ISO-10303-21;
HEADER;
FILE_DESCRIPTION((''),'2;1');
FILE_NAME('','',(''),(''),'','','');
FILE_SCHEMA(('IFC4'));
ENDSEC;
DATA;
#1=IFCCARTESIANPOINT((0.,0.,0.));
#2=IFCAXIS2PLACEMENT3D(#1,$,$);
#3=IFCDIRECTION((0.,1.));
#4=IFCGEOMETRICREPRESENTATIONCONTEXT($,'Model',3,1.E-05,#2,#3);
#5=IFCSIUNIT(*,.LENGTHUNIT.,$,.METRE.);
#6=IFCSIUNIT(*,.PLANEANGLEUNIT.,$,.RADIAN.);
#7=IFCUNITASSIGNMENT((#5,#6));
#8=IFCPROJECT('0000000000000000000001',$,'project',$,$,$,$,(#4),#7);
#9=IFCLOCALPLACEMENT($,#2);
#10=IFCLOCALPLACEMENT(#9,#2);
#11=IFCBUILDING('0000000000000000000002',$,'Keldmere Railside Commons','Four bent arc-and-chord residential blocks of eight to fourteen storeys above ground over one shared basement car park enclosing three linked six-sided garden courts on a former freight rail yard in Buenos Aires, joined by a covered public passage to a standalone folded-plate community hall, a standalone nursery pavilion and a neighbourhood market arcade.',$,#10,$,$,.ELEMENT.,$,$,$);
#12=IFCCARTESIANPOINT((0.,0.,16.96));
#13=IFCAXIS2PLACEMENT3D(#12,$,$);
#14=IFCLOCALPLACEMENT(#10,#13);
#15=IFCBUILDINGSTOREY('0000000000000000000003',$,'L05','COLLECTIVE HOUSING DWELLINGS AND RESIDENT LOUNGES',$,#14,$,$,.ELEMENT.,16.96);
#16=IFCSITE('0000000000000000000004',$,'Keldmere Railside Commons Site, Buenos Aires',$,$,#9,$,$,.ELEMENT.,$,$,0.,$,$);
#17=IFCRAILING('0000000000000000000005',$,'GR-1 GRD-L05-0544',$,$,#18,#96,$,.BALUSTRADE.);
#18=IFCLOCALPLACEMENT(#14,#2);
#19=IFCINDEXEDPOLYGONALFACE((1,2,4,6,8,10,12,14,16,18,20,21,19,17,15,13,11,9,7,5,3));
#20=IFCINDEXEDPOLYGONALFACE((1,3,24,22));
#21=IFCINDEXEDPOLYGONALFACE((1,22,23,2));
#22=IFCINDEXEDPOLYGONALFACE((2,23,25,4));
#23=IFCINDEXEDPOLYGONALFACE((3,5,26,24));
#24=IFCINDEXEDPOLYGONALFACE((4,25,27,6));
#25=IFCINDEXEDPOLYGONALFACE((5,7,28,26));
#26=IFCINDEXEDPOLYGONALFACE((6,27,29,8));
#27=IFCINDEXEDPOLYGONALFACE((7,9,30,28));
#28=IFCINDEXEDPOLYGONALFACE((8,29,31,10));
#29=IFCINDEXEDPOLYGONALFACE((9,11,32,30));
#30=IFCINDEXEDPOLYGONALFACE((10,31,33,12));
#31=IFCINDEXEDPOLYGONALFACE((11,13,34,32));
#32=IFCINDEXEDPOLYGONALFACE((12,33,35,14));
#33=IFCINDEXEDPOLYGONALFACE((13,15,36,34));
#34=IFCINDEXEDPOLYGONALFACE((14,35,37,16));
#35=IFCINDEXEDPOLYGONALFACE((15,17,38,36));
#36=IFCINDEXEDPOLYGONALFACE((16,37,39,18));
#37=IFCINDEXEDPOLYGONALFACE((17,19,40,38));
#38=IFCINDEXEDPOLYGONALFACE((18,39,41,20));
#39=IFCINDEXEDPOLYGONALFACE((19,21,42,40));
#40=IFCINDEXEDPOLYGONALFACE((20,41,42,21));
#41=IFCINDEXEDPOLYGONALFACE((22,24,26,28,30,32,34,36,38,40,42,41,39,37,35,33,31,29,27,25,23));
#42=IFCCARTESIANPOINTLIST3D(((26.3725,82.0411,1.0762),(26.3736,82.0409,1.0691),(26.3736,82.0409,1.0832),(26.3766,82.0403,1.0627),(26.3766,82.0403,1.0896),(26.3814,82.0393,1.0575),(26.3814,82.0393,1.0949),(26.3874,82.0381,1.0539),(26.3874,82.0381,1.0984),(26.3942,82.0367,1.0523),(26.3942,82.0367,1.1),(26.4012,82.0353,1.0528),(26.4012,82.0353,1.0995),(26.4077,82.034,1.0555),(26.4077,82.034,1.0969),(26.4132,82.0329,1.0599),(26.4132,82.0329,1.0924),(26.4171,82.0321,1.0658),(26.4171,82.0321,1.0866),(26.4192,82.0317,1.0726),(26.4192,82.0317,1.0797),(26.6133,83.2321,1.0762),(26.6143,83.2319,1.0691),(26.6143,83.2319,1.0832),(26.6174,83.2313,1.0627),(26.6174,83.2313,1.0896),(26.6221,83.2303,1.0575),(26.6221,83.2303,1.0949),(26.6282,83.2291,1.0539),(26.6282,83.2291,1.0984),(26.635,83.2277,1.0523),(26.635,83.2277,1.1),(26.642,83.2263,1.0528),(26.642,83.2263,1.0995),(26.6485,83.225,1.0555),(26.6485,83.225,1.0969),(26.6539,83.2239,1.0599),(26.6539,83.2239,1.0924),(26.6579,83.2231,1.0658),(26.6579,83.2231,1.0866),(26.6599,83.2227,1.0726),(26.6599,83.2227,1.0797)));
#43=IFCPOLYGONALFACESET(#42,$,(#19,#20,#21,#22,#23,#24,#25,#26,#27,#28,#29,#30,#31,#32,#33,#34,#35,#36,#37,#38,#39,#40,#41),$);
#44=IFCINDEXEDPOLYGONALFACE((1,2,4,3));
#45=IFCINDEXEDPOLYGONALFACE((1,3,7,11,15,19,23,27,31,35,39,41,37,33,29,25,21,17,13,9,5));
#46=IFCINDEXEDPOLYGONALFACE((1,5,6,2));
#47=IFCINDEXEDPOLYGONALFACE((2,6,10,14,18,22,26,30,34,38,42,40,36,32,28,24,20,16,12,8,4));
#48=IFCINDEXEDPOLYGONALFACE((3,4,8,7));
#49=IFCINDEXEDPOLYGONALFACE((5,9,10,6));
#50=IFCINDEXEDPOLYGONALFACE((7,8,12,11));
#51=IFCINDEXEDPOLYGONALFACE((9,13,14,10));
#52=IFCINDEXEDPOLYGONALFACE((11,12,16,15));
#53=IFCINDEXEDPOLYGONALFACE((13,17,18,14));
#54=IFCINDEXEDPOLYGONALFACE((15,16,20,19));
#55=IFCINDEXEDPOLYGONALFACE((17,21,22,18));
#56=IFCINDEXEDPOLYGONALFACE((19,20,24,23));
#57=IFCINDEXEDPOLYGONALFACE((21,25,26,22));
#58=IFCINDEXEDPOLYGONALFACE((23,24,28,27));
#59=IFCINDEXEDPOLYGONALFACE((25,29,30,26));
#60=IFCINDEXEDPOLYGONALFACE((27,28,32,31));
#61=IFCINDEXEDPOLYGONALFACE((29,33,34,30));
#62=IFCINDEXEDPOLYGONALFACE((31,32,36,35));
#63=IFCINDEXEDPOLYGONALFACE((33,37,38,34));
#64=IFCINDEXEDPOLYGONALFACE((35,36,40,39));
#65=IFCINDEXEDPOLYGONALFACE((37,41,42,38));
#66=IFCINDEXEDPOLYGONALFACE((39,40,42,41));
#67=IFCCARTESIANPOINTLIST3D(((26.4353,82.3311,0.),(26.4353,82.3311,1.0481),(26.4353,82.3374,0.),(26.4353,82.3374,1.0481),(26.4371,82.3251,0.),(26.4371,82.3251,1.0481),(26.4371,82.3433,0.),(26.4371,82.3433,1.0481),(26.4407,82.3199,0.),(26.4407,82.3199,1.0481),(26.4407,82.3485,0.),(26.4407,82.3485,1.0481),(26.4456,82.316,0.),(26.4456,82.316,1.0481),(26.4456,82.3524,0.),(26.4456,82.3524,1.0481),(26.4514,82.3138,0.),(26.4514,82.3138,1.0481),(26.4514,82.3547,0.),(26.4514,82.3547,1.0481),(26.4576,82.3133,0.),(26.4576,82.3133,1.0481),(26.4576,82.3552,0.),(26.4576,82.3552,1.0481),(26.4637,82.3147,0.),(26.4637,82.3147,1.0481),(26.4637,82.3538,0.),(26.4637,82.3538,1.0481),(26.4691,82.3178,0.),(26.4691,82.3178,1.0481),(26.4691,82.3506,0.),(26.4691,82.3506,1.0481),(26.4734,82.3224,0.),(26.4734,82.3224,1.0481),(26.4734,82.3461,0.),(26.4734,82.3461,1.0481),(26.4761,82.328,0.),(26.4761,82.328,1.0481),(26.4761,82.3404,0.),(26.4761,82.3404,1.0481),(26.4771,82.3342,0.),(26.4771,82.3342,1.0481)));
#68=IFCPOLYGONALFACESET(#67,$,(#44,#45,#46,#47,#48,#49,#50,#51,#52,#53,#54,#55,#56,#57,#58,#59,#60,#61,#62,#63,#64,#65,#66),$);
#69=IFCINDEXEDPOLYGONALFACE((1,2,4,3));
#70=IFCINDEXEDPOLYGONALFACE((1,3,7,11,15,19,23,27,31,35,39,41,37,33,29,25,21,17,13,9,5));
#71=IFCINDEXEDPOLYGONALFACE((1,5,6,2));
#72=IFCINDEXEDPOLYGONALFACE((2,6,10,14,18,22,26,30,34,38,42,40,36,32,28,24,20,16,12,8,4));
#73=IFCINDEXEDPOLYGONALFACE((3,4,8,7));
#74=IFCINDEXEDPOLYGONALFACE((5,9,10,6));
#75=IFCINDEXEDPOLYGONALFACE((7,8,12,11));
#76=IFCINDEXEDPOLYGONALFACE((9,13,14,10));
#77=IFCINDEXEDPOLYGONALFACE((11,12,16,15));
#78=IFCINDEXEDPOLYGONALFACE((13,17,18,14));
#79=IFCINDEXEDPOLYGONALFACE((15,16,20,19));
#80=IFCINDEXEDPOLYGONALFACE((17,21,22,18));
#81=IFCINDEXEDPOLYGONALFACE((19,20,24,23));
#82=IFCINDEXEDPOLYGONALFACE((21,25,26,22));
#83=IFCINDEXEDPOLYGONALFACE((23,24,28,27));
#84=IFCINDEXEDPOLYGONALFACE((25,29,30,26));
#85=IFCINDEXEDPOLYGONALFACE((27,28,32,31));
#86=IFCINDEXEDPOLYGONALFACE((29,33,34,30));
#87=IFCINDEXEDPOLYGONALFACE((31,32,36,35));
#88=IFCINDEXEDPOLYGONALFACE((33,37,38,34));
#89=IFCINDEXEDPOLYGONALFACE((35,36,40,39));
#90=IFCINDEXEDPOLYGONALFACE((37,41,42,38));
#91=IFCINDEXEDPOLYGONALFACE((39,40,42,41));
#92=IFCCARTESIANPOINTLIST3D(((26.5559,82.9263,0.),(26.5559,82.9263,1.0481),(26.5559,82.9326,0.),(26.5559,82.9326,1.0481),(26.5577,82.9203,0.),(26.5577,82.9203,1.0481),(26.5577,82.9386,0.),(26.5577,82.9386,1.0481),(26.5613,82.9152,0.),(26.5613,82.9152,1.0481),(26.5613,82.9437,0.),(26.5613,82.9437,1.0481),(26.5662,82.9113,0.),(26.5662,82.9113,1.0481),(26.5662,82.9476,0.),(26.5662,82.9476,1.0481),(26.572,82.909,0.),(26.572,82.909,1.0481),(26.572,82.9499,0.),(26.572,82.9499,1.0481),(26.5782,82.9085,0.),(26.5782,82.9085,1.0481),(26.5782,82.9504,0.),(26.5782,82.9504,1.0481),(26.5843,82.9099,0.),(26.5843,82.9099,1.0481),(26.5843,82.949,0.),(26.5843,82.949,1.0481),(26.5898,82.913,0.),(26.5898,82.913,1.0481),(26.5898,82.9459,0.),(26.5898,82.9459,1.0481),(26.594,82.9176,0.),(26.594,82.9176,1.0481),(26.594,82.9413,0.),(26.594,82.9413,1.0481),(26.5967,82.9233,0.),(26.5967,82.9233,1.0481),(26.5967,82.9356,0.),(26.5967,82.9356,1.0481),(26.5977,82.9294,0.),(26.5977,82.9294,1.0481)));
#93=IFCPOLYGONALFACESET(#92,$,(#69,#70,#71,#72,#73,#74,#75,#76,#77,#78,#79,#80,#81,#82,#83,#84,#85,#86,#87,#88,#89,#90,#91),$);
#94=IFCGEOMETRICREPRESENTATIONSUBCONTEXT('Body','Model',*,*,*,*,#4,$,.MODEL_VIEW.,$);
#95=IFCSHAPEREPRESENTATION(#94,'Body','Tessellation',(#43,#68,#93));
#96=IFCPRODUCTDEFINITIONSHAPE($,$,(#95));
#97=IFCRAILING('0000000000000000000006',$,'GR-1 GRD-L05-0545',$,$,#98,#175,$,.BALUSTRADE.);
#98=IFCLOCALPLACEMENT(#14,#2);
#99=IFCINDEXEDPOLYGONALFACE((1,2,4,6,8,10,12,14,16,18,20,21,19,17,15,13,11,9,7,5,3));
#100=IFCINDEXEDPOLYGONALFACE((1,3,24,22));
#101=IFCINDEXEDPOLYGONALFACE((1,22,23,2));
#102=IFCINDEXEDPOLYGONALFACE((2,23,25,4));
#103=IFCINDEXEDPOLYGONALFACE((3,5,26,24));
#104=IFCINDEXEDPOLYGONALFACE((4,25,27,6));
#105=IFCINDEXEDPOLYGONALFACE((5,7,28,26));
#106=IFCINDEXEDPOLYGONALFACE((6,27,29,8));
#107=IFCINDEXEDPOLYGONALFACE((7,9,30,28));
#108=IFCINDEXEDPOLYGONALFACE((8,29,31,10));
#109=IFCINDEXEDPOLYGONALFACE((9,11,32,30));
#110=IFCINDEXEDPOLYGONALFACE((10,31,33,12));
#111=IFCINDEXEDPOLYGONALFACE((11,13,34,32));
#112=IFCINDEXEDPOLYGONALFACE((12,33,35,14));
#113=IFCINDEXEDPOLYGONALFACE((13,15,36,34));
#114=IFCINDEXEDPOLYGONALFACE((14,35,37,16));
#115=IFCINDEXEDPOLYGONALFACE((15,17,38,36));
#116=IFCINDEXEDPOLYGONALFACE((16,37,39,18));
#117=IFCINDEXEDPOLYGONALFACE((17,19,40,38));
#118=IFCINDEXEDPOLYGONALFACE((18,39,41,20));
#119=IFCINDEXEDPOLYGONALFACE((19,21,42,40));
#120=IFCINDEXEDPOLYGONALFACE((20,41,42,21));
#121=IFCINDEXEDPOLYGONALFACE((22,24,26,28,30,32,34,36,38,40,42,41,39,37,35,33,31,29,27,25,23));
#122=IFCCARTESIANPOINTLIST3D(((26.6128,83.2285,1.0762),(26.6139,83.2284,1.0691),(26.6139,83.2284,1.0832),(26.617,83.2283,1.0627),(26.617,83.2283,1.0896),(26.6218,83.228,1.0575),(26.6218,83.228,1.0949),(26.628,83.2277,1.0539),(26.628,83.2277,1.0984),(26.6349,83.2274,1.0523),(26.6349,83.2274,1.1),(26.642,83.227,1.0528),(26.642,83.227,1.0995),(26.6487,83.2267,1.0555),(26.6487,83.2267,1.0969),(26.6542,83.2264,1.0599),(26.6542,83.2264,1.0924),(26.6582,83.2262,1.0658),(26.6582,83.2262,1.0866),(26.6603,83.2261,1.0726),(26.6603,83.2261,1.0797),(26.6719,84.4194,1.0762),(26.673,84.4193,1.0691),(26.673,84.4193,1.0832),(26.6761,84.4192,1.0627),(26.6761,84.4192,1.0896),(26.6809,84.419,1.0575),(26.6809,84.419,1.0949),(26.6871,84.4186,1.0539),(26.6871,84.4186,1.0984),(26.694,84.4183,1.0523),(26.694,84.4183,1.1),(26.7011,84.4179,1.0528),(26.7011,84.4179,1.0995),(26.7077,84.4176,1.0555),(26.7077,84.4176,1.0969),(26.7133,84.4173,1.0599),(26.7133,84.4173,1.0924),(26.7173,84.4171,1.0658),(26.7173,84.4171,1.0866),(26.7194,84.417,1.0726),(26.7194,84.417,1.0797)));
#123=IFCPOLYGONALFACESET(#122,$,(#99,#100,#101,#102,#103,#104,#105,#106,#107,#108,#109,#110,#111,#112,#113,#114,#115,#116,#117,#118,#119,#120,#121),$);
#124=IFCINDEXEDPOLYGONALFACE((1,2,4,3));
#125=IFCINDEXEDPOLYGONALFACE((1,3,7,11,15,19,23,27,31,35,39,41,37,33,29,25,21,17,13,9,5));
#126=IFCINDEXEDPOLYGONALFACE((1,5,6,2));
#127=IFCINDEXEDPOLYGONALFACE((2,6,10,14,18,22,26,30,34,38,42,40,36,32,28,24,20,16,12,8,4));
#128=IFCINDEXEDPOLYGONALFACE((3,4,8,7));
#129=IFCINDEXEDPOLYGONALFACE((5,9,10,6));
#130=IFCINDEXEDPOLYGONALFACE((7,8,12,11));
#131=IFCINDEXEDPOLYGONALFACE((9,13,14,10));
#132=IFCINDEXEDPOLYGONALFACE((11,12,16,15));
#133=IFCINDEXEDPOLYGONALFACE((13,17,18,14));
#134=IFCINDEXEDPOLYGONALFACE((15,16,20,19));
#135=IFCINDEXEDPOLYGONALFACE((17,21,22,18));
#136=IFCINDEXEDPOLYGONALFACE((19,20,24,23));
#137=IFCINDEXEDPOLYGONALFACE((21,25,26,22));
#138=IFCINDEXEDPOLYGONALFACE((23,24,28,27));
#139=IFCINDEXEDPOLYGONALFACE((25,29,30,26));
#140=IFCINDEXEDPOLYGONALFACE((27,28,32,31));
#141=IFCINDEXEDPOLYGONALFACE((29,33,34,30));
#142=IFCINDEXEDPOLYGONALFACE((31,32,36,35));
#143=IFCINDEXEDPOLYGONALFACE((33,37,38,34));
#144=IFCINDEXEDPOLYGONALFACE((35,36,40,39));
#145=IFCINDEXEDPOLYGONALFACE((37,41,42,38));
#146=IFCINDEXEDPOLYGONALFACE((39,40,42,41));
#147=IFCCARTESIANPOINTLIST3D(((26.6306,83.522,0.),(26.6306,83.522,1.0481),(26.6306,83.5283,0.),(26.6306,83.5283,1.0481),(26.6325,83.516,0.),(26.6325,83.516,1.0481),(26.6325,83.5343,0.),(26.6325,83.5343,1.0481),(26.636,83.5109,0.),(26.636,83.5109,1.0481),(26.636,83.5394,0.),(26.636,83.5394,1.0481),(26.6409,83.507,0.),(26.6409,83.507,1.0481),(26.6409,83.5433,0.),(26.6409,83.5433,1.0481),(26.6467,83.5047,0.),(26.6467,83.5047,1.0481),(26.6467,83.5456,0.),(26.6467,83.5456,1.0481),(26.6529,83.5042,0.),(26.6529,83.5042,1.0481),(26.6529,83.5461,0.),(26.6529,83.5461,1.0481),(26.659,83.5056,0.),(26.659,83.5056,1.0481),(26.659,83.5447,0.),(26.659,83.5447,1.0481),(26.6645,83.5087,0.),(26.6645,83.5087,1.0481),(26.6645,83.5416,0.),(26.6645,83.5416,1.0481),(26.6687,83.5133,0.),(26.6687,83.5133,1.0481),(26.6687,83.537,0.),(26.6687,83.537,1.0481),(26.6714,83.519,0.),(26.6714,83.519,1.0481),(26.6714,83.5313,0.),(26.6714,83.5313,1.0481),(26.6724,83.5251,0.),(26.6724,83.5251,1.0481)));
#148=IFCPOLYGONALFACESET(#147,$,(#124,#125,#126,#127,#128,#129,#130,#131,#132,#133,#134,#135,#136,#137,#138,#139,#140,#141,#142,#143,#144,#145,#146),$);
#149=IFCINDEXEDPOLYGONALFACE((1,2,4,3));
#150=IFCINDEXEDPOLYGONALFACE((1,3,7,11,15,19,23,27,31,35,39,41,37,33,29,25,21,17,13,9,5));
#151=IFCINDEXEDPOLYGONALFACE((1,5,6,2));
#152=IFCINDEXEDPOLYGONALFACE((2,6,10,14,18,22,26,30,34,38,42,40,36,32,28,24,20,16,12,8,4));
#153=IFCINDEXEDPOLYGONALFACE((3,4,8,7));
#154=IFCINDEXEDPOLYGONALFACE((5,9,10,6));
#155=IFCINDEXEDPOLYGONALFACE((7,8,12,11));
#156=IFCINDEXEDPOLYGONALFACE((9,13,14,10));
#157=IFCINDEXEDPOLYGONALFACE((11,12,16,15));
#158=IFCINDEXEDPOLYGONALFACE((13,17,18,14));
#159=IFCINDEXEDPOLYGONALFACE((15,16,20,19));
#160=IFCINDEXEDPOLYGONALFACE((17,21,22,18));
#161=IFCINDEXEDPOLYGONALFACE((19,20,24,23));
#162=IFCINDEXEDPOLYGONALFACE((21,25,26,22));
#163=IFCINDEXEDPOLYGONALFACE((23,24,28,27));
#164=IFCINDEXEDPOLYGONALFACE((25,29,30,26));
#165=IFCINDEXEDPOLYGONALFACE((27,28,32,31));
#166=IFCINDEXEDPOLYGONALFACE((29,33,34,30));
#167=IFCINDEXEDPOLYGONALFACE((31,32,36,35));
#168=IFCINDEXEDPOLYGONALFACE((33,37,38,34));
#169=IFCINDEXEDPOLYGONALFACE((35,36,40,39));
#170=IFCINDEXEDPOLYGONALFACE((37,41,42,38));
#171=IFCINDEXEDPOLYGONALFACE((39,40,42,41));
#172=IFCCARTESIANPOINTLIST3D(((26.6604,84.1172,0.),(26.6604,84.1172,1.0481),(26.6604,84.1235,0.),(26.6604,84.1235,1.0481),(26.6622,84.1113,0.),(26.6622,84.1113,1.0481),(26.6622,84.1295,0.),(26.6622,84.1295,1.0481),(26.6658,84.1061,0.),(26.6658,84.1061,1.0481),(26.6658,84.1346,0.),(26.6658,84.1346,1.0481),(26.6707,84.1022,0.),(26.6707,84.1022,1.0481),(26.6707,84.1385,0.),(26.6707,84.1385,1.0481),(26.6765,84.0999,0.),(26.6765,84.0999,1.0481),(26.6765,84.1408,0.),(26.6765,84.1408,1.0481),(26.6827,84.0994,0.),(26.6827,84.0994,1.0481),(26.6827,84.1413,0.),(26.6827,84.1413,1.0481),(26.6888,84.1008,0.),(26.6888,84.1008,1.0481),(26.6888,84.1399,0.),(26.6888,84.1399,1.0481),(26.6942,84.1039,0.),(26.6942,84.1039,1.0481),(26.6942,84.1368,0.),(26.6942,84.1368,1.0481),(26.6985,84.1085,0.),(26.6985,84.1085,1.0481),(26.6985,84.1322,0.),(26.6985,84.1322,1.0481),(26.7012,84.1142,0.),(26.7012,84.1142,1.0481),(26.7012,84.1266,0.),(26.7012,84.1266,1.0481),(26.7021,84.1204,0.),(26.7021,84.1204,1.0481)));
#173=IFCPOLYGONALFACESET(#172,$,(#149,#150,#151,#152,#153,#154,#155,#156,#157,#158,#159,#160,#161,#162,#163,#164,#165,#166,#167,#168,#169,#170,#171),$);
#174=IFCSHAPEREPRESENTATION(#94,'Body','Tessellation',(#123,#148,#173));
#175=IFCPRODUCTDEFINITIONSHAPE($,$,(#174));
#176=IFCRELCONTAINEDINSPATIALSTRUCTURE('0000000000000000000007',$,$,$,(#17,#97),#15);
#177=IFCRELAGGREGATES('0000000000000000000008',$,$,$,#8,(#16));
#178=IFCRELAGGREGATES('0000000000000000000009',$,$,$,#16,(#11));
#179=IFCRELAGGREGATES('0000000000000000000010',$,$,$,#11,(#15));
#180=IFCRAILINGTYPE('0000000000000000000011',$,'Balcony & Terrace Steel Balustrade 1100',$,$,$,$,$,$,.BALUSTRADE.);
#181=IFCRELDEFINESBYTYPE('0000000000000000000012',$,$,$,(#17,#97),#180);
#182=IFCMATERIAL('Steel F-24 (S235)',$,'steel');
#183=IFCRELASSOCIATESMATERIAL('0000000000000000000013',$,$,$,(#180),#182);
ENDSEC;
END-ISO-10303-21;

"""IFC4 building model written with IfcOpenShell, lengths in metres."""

from ifc_helpers import new_model, si_unit, direction, frame, origin, origin_2d, place, context, subcontext, project, spatial, circle, extrude, material, type_object, element, save


model = new_model("IFC4")

# Units and contexts
model_context = context("Model", 3, precision=1e-05, world=origin(), true_north=direction((0.0, 1.0)))
body_context = subcontext(model_context, "Body", "Model", "MODEL_VIEW")
ifc_project = project(units=[si_unit("LENGTHUNIT", "METRE"), si_unit("PLANEANGLEUNIT", "RADIAN")], contexts=[model_context])

# Site, building, storey
site_placement = place(None, origin())
site = spatial("IfcSite", under=ifc_project, at=site_placement, Name="Keldmere Railside Commons Site, Buenos Aires", CompositionType="ELEMENT", RefElevation=0.0)
building_placement = place(site_placement, origin())
building = spatial("IfcBuilding", under=site, at=building_placement, Name="Keldmere Railside Commons", Description="Four bent arc-and-chord residential blocks of eight to fourteen storeys above ground over one shared basement car park enclosing three linked six-sided garden courts on a former freight rail yard in Buenos Aires, joined by a covered public passage to a standalone folded-plate community hall, a standalone nursery pavilion and a neighbourhood market arcade.", CompositionType="ELEMENT")
storey_placement = place(building_placement, frame((0.0, 0.0, 16.96)))
storey = spatial("IfcBuildingStorey", under=building, at=storey_placement, Name="L05", Description="COLLECTIVE HOUSING DWELLINGS AND RESIDENT LOUNGES", CompositionType="ELEMENT", Elevation=16.96)

# Railings
ifc_material_1 = material(Name="Steel F-24 (S235)", Category="steel")
railing_type = type_object("IfcRailingType", Name="Balcony & Terrace Steel Balustrade 1100", PredefinedType="BALUSTRADE", material=ifc_material_1)
railing_1_placement = place(storey_placement, frame((26.396, 82.0364, 0.0)))
element("IfcRailing", 1, at=railing_1_placement, inside=storey, type_object=railing_type, Name="GR-1 GRD-L05-0544", PredefinedType="BALUSTRADE", context=body_context, shape_type="SweptSolid", body=[
    extrude(circle(Radius=0.0239, at=origin_2d()), frame((0.0, 0.0, 1.0762), z_axis=(0.198125, 0.980177, 0.0), x_axis=(-0.980177, 0.198125, 0.0)), (0.0, 0.0, 1.0), 1.2151),
    extrude(circle(Radius=0.021, at=origin_2d()), frame((0.0601, 0.2979, 0.0)), (0.0, 0.0, 1.0), 1.0481),
    extrude(circle(Radius=0.021, at=origin_2d()), frame((0.1807, 0.8931, 0.0)), (0.0, 0.0, 1.0), 1.0481),
])
railing_2_placement = place(storey_placement, frame((26.6367, 83.2273, 0.0)))
element("IfcRailing", 2, at=railing_2_placement, inside=storey, type_object=railing_type, Name="GR-1 GRD-L05-0545", PredefinedType="BALUSTRADE", context=body_context, shape_type="SweptSolid", body=[
    extrude(circle(Radius=0.0239, at=origin_2d()), frame((0.0, 0.0, 1.0762), z_axis=(0.04955, 0.998772, 0.0), x_axis=(-0.998772, 0.04955, 0.0)), (0.0, 0.0, 1.0), 1.1924),
    extrude(circle(Radius=0.021, at=origin_2d()), frame((0.0146, 0.2979, 0.0)), (0.0, 0.0, 1.0), 1.0481),
    extrude(circle(Radius=0.021, at=origin_2d()), frame((0.0444, 0.8931, 0.0)), (0.0, 0.0, 1.0), 1.0481),
])

save(model, "model.ifc")
